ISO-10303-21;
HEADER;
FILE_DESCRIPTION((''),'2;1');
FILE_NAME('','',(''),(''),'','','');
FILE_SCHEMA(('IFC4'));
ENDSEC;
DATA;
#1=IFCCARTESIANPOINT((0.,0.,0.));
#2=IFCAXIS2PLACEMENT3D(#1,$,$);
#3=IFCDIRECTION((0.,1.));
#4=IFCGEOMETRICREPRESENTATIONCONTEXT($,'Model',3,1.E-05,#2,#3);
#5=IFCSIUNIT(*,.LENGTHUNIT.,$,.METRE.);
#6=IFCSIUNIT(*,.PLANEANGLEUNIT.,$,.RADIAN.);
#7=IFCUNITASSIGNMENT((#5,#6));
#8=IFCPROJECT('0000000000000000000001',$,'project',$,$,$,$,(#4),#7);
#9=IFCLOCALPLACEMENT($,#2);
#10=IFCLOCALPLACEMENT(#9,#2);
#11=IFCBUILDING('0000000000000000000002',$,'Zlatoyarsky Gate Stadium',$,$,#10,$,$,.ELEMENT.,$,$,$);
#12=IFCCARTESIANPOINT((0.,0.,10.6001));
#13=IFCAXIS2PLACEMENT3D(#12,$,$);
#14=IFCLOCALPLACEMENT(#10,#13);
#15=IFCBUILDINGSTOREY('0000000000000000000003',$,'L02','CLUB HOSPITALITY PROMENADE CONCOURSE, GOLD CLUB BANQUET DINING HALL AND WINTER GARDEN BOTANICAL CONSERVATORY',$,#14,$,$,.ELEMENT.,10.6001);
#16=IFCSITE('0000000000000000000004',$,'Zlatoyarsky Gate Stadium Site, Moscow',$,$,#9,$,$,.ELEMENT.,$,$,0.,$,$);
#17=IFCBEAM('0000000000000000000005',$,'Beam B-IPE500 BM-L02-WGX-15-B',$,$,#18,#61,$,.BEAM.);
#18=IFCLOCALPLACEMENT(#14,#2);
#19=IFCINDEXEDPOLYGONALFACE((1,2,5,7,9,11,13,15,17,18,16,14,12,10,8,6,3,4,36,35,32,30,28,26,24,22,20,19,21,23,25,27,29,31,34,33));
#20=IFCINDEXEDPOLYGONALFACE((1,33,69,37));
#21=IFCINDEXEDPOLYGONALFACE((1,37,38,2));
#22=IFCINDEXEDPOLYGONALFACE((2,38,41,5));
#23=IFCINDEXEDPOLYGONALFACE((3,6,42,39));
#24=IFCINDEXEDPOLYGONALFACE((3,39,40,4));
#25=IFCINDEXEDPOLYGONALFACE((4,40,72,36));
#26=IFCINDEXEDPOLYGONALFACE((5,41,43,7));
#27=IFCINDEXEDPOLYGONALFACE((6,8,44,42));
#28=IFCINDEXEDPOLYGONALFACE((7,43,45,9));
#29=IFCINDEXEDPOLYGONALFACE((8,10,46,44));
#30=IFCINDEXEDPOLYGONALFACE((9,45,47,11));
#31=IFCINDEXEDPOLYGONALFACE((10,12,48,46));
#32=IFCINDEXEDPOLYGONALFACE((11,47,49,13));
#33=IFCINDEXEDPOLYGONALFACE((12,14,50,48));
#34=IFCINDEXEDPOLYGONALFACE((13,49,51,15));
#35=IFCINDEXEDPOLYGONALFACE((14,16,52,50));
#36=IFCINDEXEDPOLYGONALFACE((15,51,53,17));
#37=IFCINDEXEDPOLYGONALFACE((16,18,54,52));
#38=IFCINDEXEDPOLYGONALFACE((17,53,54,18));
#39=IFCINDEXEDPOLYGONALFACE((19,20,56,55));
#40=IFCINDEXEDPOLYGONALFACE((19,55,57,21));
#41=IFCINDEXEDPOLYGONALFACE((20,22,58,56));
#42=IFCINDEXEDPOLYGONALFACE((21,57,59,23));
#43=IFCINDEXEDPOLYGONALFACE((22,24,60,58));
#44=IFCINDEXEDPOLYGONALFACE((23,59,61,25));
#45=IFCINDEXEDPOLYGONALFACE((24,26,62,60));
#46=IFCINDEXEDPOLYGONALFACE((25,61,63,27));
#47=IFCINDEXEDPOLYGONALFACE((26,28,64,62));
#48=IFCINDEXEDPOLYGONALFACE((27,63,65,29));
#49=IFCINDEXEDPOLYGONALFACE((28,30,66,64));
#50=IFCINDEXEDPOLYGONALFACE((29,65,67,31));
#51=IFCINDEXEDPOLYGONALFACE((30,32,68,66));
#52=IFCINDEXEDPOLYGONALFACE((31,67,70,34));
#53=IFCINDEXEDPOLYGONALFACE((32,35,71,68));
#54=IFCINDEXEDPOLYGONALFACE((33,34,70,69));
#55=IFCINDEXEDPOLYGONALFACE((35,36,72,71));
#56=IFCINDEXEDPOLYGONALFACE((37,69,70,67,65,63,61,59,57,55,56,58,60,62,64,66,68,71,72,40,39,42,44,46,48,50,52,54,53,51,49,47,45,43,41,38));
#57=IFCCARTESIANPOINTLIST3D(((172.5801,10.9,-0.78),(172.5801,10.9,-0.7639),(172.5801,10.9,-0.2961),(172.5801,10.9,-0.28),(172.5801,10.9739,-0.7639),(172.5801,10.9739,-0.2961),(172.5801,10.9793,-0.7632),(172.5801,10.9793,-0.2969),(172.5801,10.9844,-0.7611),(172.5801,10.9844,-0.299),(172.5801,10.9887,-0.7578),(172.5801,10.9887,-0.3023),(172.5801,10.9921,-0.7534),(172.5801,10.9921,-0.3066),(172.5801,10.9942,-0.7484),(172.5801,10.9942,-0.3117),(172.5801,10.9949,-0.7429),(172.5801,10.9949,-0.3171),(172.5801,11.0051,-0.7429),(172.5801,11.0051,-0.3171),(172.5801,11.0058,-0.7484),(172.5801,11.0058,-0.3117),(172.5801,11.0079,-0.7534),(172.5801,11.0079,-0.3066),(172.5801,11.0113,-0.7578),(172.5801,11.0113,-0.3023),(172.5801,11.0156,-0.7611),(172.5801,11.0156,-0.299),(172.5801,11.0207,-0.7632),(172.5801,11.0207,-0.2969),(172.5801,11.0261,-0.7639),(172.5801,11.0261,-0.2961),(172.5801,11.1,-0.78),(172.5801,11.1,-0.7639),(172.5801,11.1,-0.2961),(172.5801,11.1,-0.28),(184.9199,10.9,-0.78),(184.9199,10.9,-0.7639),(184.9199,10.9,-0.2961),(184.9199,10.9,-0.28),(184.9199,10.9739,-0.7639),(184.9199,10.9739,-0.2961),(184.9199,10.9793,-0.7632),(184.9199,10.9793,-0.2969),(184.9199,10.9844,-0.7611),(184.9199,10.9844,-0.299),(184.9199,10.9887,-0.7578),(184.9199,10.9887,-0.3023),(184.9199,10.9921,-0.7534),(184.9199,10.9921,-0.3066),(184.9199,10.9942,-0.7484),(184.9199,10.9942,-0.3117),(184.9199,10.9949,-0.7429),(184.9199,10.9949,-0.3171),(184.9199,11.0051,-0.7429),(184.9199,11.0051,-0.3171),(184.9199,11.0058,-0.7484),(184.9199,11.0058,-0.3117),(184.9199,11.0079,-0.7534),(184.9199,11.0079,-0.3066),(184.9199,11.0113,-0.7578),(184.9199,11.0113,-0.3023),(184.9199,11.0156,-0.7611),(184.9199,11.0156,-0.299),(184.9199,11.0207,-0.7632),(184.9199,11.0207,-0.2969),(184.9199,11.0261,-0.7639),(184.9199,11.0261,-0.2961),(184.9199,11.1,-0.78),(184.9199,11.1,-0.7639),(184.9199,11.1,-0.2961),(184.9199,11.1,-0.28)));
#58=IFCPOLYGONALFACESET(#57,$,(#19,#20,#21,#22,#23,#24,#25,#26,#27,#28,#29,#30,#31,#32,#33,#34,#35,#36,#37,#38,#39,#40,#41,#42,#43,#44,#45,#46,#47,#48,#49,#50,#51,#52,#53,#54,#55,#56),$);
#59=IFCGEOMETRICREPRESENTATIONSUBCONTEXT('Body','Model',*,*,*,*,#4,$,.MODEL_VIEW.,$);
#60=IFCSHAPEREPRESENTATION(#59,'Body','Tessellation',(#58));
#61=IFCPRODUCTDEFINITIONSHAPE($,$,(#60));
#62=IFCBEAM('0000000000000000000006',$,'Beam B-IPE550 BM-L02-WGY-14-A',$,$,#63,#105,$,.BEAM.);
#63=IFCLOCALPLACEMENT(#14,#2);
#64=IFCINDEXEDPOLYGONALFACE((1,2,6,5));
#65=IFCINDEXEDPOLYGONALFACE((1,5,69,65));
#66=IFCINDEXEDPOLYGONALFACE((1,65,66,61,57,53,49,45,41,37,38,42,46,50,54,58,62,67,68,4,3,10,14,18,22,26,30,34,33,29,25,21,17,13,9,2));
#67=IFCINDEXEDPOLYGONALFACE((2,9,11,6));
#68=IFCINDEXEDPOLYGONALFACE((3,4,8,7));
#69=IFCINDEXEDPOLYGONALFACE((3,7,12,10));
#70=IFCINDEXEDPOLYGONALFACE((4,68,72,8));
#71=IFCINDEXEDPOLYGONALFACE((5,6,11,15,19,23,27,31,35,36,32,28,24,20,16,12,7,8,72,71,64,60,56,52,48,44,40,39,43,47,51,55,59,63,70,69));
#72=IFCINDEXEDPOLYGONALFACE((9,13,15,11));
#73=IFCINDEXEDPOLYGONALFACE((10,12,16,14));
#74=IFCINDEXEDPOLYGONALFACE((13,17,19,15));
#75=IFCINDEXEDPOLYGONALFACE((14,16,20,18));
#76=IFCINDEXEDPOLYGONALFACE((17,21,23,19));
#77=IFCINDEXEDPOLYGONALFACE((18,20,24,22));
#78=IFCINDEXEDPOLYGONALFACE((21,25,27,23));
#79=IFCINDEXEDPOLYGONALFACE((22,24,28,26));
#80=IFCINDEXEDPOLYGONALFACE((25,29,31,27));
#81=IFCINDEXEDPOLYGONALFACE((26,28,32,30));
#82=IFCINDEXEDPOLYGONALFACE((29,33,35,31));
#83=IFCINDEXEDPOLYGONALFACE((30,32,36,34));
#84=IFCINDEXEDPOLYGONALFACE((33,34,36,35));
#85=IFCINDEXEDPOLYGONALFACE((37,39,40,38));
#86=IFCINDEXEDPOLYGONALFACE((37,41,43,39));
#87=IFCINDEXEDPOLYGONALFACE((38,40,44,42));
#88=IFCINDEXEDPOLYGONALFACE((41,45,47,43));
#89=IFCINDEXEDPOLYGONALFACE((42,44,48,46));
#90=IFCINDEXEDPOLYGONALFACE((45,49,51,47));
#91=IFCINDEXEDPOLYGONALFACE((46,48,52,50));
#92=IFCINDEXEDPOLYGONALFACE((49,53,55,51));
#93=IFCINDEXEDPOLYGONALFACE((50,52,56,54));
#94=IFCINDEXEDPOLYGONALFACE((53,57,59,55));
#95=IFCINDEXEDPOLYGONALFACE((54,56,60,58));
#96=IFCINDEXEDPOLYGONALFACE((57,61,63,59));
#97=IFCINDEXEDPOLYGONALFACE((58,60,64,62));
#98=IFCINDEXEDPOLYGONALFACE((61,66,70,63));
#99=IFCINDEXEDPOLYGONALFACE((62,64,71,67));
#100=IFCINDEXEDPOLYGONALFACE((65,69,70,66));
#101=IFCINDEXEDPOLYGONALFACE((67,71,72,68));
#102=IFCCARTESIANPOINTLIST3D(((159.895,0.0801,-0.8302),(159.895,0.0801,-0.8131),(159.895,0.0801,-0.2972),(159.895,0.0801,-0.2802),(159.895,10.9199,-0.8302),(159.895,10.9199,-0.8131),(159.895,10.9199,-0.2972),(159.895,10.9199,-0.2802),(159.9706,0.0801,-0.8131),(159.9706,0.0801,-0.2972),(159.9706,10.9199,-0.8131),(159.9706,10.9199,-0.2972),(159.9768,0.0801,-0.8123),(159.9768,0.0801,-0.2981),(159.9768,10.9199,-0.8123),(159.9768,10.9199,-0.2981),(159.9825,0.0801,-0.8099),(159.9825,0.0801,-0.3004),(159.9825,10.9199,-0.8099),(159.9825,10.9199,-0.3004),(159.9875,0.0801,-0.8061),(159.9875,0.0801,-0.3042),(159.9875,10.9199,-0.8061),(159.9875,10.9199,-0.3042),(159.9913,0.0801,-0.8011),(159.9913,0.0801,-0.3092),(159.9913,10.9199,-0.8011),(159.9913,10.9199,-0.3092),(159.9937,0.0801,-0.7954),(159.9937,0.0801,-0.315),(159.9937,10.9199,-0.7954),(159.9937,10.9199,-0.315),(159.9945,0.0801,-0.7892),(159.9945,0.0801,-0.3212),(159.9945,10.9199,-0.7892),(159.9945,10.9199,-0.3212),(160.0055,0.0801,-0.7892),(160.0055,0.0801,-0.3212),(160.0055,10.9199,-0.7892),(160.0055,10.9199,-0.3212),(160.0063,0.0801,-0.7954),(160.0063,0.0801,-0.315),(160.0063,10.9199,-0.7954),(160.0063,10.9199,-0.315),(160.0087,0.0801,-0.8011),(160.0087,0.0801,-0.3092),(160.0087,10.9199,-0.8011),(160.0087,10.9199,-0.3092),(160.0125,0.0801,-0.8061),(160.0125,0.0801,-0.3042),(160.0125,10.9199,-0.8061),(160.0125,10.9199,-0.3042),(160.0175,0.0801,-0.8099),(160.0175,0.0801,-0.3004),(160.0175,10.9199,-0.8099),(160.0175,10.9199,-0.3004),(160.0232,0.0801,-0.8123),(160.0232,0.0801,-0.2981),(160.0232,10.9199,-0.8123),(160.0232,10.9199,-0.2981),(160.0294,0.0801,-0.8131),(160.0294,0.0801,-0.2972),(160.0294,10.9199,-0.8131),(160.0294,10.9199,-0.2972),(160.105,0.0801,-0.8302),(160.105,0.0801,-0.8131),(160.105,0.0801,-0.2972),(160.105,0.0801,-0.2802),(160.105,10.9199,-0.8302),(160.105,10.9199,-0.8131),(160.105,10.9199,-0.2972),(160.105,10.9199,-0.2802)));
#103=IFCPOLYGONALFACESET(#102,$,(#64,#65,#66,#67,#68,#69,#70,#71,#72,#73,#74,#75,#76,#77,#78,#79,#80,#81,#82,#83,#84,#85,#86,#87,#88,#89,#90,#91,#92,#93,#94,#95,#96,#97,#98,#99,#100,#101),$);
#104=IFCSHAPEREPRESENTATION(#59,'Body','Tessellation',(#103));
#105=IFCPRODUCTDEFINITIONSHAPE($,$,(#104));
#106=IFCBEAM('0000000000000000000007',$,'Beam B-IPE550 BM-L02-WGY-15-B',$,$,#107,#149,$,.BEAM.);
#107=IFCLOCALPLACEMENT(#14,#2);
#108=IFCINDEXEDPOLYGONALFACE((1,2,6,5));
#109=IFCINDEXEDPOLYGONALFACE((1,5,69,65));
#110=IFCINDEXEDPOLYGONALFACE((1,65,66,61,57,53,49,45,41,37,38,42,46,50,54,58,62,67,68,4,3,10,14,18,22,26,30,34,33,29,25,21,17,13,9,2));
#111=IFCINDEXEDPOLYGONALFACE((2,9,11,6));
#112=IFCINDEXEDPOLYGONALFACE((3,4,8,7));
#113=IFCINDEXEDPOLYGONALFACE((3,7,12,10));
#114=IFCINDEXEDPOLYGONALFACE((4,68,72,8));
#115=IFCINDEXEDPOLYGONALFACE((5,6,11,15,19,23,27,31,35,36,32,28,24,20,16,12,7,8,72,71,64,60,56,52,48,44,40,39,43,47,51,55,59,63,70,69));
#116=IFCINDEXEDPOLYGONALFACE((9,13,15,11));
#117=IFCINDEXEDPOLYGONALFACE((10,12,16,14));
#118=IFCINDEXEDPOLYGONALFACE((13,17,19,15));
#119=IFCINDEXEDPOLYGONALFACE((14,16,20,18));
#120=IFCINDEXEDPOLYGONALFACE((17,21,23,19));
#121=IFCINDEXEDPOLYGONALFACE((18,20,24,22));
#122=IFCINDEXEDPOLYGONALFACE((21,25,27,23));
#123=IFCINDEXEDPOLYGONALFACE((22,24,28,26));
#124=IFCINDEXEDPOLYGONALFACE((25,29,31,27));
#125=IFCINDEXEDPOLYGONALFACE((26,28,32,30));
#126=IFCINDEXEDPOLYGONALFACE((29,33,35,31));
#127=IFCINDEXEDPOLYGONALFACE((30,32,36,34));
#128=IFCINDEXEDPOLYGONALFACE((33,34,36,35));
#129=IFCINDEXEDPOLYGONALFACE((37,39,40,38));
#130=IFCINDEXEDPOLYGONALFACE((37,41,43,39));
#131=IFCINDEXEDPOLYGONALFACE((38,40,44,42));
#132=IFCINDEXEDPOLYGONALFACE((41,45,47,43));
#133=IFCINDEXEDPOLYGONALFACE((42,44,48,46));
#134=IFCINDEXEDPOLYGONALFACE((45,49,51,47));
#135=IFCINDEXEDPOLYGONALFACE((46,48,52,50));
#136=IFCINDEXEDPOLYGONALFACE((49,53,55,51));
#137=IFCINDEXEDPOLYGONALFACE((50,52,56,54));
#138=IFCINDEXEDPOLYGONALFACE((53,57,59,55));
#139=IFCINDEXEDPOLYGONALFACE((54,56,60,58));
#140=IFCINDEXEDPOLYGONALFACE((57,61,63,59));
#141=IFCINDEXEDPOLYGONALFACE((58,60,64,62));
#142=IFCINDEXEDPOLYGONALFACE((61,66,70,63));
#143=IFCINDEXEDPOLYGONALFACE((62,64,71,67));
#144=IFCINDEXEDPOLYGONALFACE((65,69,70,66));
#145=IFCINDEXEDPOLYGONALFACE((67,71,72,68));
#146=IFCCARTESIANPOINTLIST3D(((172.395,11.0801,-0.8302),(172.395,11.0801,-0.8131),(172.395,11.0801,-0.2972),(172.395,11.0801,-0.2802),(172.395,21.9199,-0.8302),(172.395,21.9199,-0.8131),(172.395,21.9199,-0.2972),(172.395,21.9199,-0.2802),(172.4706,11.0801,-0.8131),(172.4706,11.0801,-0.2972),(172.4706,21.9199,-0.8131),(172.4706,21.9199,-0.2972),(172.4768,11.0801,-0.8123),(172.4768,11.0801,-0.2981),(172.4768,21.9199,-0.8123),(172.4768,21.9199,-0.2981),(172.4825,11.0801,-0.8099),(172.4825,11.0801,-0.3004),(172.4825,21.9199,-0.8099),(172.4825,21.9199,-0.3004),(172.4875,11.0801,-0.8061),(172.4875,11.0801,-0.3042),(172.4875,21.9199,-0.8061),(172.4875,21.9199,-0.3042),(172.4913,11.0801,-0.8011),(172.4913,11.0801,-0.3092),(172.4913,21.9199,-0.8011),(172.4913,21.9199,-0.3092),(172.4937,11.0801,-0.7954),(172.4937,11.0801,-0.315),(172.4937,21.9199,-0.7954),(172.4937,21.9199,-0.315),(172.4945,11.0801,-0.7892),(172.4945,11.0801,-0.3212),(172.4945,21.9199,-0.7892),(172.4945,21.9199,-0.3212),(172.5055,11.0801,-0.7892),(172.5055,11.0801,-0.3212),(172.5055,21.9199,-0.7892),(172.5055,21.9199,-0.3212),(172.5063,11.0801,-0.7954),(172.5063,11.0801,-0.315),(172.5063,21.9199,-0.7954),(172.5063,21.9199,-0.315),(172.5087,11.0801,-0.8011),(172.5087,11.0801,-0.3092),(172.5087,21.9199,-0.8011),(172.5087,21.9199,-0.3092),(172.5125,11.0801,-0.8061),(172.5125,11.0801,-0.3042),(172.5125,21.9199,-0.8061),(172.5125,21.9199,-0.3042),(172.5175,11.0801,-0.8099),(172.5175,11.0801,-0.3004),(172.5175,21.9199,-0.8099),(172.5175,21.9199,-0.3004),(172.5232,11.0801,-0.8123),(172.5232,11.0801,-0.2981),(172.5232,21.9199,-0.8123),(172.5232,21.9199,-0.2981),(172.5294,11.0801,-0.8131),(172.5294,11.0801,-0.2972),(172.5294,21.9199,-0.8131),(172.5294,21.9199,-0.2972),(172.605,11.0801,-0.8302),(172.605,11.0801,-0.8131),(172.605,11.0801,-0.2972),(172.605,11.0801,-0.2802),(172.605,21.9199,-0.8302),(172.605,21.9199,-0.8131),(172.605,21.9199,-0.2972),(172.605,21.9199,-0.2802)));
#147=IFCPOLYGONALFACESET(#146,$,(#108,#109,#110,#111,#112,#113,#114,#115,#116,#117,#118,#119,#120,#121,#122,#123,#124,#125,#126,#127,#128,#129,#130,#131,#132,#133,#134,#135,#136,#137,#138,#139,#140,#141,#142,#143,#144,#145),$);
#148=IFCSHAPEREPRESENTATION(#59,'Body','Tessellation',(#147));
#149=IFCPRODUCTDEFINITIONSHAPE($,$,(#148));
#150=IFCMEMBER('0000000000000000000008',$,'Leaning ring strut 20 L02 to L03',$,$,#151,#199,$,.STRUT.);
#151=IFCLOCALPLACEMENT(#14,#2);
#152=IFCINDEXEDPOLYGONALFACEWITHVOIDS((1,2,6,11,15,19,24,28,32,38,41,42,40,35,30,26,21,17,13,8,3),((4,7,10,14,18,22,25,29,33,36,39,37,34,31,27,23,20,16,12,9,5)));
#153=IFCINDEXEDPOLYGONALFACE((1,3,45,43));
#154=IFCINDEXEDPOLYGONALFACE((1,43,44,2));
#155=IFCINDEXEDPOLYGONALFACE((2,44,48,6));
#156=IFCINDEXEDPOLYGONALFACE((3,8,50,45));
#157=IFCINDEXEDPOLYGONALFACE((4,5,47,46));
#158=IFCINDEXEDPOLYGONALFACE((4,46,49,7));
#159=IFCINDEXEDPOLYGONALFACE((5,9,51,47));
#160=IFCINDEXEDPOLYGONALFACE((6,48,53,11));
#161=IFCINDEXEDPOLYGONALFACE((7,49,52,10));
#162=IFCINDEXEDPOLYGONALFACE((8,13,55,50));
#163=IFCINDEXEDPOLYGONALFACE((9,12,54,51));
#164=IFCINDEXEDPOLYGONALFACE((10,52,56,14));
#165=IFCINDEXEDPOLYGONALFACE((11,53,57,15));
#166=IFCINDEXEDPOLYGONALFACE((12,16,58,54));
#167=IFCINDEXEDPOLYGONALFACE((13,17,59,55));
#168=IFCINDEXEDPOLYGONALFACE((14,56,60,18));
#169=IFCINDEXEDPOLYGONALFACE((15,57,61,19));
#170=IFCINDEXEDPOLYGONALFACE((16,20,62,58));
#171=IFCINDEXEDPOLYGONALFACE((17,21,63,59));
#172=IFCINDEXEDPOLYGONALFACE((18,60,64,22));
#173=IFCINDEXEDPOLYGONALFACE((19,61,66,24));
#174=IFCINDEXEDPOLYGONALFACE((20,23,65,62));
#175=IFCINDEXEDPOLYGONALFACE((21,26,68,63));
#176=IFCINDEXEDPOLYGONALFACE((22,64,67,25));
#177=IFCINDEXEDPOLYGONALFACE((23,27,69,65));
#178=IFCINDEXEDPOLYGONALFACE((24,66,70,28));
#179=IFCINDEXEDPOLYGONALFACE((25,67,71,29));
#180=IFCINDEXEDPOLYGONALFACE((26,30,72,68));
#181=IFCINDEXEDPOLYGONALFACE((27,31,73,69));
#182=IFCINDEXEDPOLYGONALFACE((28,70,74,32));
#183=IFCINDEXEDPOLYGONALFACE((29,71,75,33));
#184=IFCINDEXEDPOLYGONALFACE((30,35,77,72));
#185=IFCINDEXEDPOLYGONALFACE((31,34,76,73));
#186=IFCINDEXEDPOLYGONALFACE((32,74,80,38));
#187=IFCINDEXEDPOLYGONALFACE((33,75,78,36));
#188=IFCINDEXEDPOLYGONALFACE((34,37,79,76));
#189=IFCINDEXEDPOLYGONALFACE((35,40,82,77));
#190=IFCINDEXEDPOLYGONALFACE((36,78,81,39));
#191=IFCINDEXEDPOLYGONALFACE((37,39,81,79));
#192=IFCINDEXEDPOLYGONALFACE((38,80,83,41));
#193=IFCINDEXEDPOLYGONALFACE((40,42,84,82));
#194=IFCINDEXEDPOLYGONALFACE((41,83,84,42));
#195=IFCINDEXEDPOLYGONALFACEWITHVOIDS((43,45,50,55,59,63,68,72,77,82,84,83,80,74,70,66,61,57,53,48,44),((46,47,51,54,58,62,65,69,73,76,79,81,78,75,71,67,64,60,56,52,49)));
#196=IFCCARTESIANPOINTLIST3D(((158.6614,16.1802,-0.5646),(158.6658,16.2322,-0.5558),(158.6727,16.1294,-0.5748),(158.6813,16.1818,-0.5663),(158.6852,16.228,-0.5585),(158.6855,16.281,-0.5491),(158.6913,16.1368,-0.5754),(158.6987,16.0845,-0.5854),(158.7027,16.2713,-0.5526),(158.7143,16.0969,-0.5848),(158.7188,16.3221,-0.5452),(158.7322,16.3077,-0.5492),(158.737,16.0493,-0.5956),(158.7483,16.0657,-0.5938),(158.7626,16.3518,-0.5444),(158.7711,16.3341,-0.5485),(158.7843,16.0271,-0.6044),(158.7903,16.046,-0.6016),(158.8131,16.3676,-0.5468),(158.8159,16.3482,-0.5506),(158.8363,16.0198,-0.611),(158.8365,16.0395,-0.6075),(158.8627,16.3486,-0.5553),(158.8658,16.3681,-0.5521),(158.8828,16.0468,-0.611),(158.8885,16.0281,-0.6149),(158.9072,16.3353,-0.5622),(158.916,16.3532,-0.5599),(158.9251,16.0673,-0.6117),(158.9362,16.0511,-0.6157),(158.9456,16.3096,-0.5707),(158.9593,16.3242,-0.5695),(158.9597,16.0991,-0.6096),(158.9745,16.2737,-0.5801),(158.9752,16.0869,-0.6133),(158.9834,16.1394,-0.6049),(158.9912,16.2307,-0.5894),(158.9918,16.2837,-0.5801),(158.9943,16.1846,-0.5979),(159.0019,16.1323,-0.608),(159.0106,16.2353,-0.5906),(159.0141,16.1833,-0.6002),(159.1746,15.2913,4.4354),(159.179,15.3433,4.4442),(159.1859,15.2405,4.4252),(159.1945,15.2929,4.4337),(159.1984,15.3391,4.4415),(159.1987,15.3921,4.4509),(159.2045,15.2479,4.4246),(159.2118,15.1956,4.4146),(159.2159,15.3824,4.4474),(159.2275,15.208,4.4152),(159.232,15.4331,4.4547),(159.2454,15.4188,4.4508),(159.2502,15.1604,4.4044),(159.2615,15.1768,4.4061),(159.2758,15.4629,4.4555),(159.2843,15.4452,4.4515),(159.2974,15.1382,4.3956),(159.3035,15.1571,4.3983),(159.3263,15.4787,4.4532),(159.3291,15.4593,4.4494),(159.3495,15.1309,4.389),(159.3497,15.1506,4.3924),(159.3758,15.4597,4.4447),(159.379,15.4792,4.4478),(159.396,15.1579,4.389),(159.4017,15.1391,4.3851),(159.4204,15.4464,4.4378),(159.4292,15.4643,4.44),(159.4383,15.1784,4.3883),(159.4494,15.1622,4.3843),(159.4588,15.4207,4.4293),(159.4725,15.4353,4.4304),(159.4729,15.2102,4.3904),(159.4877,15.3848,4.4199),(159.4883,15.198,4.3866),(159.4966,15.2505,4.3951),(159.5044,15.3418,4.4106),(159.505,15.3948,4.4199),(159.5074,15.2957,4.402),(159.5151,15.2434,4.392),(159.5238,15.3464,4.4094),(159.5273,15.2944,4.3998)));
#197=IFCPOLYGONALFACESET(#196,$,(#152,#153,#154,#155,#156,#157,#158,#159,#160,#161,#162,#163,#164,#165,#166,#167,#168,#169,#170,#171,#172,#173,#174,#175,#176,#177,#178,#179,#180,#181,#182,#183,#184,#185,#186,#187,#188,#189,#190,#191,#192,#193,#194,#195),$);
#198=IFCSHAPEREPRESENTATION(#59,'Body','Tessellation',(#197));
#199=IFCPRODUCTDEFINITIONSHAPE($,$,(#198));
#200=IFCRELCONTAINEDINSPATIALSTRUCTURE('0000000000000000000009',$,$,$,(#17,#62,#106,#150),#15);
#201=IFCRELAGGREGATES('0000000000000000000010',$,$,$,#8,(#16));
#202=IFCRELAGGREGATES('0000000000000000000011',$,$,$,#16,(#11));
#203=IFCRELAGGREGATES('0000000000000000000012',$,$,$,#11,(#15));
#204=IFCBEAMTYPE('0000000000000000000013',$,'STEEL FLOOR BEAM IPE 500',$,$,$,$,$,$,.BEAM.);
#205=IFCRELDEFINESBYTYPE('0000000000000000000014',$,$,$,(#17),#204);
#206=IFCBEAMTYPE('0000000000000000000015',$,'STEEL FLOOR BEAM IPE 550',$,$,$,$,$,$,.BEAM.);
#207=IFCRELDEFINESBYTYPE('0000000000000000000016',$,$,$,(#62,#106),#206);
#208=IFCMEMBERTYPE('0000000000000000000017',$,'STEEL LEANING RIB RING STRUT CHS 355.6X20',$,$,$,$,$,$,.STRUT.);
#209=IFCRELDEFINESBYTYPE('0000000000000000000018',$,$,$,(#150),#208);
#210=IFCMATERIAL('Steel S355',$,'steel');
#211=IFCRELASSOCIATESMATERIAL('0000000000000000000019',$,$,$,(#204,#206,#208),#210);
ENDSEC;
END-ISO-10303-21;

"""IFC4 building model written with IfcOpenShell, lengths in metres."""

from ifc_helpers import new_model, si_unit, direction, frame, origin, origin_2d, place, context, subcontext, project, spatial, hollow_circle, i_section, extrude, material, material_profile, profile_set, type_object, element, save


model = new_model("IFC4")

# Units and contexts
model_context = context("Model", 3, precision=1e-05, world=origin(), true_north=direction((0.0, 1.0)))
body_context = subcontext(model_context, "Body", "Model", "MODEL_VIEW")
ifc_project = project(units=[si_unit("LENGTHUNIT", "METRE"), si_unit("PLANEANGLEUNIT", "RADIAN")], contexts=[model_context])

# Site, building, storey
site_placement = place(None, origin())
site = spatial("IfcSite", under=ifc_project, at=site_placement, Name="Zlatoyarsky Gate Stadium Site, Moscow", CompositionType="ELEMENT", RefElevation=0.0)
building_placement = place(site_placement, origin())
building = spatial("IfcBuilding", under=site, at=building_placement, Name="Zlatoyarsky Gate Stadium", CompositionType="ELEMENT")
storey_placement = place(building_placement, frame((0.0, 0.0, 10.6001)))
storey = spatial("IfcBuildingStorey", under=building, at=storey_placement, Name="L02", Description="CLUB HOSPITALITY PROMENADE CONCOURSE, GOLD CLUB BANQUET DINING HALL AND WINTER GARDEN BOTANICAL CONSERVATORY", CompositionType="ELEMENT", Elevation=10.6001)

# Shared definitions
ifc_material_1 = material(Name="Steel S355", Category="steel")

# Beams
ifc_material_profile_1 = material_profile(ifc_material_1, i_section(OverallWidth=0.2, OverallDepth=0.5, WebThickness=0.0103, FlangeThickness=0.0161, FilletRadius=0.021, at=origin_2d()), Name="IPE 500")
ifc_profile_set_1 = profile_set([ifc_material_profile_1], Name="Steel S355")
beam_type_1 = type_object("IfcBeamType", Name="STEEL FLOOR BEAM IPE 500", PredefinedType="BEAM", material=ifc_profile_set_1)
for number, where, z_axis, x_axis, name in (
    (1, (172.5801, 11.0, -0.53), (1.0, 0.0, 0.0), (0.0, 1.0, 0.0), "Beam B-IPE500 BM-L02-WGX-15-B"),
):
    element("IfcBeam", number, at=place(storey_placement, frame(where, z_axis=z_axis, x_axis=x_axis)), inside=storey, type_object=beam_type_1, Name=name, PredefinedType="BEAM", context=body_context, shape_type="SweptSolid", body=[
        extrude(i_section(OverallWidth=0.2, OverallDepth=0.5, WebThickness=0.0103, FlangeThickness=0.0161, FilletRadius=0.021, at=origin_2d()), origin(), (0.0, 0.0, 1.0), 12.3398),
    ])
ifc_material_profile_2 = material_profile(ifc_material_1, i_section(OverallWidth=0.21, OverallDepth=0.55, WebThickness=0.011, FlangeThickness=0.0171, FilletRadius=0.0239, at=origin_2d()), Name="IPE 550")
ifc_profile_set_2 = profile_set([ifc_material_profile_2], Name="Steel S355")
beam_type_2 = type_object("IfcBeamType", Name="STEEL FLOOR BEAM IPE 550", PredefinedType="BEAM", material=ifc_profile_set_2)
for number, where, z_axis, x_axis, name in (
    (2, (160.0, 0.0801, -0.5552), (0.0, 1.0, 0.0), (-1.0, 0.0, 0.0), "Beam B-IPE550 BM-L02-WGY-14-A"),
    (3, (172.5, 11.0801, -0.5552), (0.0, 1.0, 0.0), (-1.0, 0.0, 0.0), "Beam B-IPE550 BM-L02-WGY-15-B"),
):
    element("IfcBeam", number, at=place(storey_placement, frame(where, z_axis=z_axis, x_axis=x_axis)), inside=storey, type_object=beam_type_2, Name=name, PredefinedType="BEAM", context=body_context, shape_type="SweptSolid", body=[
        extrude(i_section(OverallWidth=0.21, OverallDepth=0.55, WebThickness=0.011, FlangeThickness=0.0171, FilletRadius=0.0239, at=origin_2d()), origin(), (0.0, 0.0, 1.0), 10.8398),
    ])

# Member
ifc_material_profile_3 = material_profile(ifc_material_1, hollow_circle(Radius=0.1777, WallThickness=0.02, at=origin_2d()), Name="CHS 355.6X20")
ifc_profile_set_3 = profile_set([ifc_material_profile_3], Name="Steel S355")
member_type_1 = type_object("IfcMemberType", Name="STEEL LEANING RIB RING STRUT CHS 355.6X20", PredefinedType="STRUT", material=ifc_profile_set_3)
member_1_placement = place(storey_placement, frame((158.8379, 16.1948, -0.5801), z_axis=(0.10054, -0.174152, 0.979573), x_axis=(0.866039, 0.499976, 0.0)))
element("IfcMember", 4, at=member_1_placement, inside=storey, type_object=member_type_1, Name="Leaning ring strut 20 L02 to L03", PredefinedType="STRUT", context=body_context, shape_type="SweptSolid", body=[
    extrude(hollow_circle(Radius=0.1777, WallThickness=0.02, at=origin_2d()), origin(), (0.0, 0.0, 1.0), 5.1042),
])

save(model, "model.ifc")
